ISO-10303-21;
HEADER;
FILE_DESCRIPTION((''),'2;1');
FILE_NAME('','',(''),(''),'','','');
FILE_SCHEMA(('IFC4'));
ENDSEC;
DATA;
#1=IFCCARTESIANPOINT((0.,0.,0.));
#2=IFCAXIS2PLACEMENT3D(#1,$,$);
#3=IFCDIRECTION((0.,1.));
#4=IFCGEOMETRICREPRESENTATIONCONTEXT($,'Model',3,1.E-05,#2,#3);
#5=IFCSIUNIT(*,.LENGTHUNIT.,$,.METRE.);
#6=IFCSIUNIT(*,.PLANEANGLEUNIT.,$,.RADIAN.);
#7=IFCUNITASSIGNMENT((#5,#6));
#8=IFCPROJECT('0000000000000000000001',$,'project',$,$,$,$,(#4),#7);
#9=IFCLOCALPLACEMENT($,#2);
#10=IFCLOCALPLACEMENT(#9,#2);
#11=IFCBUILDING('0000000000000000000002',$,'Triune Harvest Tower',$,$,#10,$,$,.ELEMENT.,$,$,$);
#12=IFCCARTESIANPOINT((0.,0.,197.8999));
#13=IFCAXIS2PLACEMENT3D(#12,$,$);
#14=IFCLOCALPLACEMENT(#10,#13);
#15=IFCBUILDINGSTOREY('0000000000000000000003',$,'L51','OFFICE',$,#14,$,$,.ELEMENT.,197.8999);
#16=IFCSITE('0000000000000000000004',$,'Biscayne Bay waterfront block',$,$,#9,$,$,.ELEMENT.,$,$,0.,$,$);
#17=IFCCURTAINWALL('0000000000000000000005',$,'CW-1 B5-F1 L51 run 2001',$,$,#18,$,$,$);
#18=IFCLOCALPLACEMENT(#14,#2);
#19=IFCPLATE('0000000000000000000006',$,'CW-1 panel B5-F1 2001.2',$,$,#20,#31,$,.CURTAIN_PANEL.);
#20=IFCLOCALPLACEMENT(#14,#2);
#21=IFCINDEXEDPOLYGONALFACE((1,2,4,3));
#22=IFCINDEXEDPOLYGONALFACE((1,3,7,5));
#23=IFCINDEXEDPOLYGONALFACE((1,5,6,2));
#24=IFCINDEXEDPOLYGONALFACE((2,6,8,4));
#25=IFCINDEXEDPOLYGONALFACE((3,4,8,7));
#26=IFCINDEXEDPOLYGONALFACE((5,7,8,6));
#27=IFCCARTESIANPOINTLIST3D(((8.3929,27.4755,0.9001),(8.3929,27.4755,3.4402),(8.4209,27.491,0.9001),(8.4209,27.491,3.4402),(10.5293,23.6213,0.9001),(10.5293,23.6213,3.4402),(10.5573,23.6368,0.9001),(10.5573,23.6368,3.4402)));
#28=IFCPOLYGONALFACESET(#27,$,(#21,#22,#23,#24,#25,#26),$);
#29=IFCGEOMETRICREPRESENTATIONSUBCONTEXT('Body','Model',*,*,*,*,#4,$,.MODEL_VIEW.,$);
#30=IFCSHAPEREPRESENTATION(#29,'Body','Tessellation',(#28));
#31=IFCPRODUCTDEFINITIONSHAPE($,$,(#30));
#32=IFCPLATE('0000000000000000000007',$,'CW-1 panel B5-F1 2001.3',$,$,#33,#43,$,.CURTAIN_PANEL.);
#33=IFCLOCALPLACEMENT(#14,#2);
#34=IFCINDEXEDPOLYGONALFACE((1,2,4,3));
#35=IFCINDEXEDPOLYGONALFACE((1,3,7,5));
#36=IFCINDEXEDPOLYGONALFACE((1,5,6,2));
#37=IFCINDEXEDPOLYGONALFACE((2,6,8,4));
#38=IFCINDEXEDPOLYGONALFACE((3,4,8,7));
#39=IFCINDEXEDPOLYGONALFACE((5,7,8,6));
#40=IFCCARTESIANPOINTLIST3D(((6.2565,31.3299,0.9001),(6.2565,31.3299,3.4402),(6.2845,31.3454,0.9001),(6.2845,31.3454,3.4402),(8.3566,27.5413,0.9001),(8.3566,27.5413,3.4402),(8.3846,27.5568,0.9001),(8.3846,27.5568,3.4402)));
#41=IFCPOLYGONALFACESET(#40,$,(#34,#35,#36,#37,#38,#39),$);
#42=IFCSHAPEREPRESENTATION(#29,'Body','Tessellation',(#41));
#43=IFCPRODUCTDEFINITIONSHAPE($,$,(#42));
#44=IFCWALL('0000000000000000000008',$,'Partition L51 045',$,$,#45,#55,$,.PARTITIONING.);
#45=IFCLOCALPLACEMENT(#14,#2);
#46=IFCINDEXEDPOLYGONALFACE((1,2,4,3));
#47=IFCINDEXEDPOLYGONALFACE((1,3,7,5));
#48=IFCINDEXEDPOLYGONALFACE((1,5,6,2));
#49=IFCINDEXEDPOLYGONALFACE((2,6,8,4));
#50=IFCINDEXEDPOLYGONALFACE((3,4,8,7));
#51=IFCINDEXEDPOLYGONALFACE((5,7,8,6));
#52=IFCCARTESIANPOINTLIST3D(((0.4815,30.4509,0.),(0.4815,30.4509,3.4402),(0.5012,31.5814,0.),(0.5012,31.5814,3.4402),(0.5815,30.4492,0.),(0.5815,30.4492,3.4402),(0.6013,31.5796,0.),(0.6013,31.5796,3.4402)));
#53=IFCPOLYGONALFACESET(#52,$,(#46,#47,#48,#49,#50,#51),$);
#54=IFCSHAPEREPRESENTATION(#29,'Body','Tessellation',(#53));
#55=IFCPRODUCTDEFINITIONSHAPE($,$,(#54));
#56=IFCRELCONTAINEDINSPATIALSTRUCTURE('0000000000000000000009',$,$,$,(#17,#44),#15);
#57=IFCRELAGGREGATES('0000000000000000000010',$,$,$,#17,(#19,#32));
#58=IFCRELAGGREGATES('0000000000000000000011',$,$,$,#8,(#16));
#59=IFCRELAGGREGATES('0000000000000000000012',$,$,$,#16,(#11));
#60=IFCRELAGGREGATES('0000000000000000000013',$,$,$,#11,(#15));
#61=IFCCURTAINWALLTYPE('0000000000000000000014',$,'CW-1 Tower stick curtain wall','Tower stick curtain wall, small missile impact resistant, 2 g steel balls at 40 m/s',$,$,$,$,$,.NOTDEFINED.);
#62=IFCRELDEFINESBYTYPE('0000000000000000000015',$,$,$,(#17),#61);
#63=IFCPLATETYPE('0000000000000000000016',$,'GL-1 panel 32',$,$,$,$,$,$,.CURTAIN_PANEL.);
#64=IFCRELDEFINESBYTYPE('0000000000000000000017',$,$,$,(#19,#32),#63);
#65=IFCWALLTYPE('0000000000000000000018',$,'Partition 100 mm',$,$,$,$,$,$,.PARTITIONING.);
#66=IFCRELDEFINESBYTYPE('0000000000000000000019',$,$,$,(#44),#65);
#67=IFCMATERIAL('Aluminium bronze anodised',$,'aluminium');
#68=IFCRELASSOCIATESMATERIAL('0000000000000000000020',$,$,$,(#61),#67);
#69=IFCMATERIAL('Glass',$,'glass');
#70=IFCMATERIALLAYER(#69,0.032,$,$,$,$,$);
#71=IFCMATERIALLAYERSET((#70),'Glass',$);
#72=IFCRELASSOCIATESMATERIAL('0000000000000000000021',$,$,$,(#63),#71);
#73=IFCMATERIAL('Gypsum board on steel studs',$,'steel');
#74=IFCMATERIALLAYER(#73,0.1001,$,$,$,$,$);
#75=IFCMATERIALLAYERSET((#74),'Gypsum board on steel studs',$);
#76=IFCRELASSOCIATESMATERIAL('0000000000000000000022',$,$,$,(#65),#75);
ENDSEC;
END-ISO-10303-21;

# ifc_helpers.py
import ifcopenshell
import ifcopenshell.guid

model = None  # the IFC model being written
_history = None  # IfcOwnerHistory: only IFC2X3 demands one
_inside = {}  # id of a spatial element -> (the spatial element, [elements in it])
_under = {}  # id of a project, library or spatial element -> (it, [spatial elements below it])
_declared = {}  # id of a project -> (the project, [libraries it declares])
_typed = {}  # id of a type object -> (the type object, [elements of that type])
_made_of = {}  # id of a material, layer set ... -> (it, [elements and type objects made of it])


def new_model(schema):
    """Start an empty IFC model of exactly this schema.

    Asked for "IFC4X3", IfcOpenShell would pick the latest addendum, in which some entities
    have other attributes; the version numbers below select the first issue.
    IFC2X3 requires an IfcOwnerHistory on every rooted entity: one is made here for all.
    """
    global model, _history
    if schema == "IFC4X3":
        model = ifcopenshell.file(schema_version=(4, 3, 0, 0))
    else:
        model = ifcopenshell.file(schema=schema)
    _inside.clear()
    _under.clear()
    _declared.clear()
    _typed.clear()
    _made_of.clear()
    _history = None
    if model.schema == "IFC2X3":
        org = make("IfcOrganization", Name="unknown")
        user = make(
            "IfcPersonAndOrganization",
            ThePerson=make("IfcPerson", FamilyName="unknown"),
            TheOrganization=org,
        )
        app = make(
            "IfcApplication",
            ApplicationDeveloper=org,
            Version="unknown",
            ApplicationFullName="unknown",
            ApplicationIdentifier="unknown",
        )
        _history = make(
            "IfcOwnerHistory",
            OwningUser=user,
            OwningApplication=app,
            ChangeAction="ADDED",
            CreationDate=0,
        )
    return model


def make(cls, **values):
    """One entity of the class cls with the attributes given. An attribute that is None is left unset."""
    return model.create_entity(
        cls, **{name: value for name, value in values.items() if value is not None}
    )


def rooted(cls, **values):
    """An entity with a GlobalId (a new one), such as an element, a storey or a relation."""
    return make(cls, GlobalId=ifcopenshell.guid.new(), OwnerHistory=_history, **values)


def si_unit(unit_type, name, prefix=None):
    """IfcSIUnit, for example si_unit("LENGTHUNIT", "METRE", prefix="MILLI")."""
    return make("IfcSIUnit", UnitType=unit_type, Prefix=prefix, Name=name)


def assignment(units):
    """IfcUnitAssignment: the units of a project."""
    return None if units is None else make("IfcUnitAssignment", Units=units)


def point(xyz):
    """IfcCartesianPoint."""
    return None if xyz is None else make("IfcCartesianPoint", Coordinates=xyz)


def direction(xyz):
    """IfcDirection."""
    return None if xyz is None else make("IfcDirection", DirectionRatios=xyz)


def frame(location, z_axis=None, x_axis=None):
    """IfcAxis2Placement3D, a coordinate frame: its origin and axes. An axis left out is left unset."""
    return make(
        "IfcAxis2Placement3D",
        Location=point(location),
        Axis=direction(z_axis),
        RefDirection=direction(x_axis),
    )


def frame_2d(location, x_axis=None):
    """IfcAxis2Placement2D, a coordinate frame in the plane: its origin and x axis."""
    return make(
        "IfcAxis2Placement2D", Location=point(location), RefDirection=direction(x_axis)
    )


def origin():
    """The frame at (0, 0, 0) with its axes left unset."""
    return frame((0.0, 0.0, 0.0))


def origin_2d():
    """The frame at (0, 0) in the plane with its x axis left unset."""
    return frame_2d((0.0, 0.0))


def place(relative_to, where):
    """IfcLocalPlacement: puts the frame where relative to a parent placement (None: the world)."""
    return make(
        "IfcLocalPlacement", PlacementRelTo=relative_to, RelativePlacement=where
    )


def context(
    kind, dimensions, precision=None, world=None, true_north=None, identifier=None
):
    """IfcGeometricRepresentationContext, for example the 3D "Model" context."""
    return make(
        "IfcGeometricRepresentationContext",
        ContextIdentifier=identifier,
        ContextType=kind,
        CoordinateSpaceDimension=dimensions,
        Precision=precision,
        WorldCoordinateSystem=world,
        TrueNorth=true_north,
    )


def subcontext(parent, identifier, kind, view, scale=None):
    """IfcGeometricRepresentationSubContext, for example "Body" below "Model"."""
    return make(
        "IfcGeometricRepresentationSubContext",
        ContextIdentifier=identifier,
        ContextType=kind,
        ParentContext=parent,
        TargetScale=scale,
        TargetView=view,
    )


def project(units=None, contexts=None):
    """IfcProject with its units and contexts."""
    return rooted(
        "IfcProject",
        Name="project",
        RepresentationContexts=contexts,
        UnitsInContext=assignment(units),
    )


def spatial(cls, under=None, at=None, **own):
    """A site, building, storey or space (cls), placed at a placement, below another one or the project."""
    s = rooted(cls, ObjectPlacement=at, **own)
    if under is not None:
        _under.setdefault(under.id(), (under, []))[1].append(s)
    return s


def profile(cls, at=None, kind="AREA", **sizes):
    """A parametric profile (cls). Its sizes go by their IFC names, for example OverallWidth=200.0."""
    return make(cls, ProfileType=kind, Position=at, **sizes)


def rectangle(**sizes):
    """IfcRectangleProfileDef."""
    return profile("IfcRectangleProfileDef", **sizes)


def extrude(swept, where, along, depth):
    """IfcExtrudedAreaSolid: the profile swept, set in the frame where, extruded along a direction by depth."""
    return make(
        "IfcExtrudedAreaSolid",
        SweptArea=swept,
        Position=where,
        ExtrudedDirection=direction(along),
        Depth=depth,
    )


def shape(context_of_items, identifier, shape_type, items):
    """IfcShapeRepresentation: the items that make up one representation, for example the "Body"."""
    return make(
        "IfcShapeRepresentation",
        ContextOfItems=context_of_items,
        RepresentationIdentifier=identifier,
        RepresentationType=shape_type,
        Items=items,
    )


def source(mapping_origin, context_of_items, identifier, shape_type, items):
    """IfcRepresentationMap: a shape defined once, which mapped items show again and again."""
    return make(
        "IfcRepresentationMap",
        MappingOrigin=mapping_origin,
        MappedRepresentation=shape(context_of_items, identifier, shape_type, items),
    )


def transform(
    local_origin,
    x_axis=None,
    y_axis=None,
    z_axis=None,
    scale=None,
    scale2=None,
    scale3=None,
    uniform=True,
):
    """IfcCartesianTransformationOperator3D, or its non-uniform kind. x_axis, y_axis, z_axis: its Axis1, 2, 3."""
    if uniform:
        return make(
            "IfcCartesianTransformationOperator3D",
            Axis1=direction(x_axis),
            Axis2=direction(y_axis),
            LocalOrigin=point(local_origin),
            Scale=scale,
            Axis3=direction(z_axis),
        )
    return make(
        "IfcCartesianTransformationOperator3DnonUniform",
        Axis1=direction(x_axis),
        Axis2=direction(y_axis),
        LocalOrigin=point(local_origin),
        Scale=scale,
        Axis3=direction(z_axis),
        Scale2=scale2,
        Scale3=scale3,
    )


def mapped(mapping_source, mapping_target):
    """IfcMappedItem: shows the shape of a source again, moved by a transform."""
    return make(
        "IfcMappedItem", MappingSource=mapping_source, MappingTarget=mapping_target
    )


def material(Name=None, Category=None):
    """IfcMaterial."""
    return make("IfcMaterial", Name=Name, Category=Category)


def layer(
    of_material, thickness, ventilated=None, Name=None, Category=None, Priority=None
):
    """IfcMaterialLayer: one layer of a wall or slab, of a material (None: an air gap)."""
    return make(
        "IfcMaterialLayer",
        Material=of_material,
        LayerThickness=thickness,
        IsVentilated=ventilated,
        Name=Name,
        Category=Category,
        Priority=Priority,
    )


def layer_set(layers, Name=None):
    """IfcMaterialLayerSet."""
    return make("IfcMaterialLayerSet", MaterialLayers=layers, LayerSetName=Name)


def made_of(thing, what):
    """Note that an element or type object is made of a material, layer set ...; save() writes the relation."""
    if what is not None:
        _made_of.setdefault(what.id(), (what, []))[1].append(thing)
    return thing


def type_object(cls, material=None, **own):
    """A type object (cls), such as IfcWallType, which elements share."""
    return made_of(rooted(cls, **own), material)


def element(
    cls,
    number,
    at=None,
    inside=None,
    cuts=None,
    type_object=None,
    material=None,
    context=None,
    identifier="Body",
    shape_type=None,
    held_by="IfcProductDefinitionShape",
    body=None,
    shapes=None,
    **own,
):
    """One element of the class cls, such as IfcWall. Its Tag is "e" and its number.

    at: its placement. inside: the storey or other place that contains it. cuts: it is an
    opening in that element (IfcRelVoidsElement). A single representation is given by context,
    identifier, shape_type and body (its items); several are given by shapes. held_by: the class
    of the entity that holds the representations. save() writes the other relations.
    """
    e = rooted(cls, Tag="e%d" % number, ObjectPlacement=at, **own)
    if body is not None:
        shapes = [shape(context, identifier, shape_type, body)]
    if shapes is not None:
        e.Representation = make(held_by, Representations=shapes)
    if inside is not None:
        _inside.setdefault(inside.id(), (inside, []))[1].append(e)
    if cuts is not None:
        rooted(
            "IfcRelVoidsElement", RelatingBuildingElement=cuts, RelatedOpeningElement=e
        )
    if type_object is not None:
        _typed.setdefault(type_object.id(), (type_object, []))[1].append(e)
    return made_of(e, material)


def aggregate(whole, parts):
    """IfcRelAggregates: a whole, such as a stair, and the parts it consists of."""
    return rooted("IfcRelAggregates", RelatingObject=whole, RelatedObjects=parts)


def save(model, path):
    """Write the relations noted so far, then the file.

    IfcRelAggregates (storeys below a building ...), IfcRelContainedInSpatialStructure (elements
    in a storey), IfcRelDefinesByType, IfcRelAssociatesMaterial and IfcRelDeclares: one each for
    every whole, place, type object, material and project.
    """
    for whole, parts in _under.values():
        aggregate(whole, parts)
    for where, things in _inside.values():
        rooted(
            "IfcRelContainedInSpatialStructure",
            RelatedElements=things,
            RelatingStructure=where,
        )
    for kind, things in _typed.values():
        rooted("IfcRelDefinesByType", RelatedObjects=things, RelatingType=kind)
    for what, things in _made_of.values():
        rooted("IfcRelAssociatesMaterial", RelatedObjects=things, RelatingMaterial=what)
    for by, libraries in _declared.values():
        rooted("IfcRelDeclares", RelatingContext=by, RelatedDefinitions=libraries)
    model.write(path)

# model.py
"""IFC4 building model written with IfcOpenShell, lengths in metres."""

from ifc_helpers import new_model, si_unit, direction, frame, frame_2d, origin, origin_2d, place, context, subcontext, project, spatial, rectangle, extrude, source, transform, mapped, material, layer, layer_set, type_object, element, aggregate, save


model = new_model("IFC4")

# Units and contexts
model_context = context("Model", 3, precision=1e-05, world=origin(), true_north=direction((0.0, 1.0)))
body_context = subcontext(model_context, "Body", "Model", "MODEL_VIEW")
ifc_project = project(units=[si_unit("LENGTHUNIT", "METRE"), si_unit("PLANEANGLEUNIT", "RADIAN")], contexts=[model_context])

# Site, building, storey
site_placement = place(None, origin())
site = spatial("IfcSite", under=ifc_project, at=site_placement, Name="Biscayne Bay waterfront block", CompositionType="ELEMENT", RefElevation=0.0)
building_placement = place(site_placement, origin())
building = spatial("IfcBuilding", under=site, at=building_placement, Name="Triune Harvest Tower", CompositionType="ELEMENT")
storey_placement = place(building_placement, frame((0.0, 0.0, 197.8999)))
storey = spatial("IfcBuildingStorey", under=building, at=storey_placement, Name="L51", Description="OFFICE", CompositionType="ELEMENT", Elevation=197.8999)

# Curtain wall
ifc_material_1 = material(Name="Aluminium bronze anodised", Category="aluminium")
curtain_wall_type = type_object("IfcCurtainWallType", Name="CW-1 Tower stick curtain wall", Description="Tower stick curtain wall, small missile impact resistant, 2 g steel balls at 40 m/s", PredefinedType="NOTDEFINED", material=ifc_material_1)
curtain_wall_1_placement = place(storey_placement, origin())
curtain_wall_1 = element("IfcCurtainWall", 1, at=curtain_wall_1_placement, inside=storey, type_object=curtain_wall_type, Name="CW-1 B5-F1 L51 run 2001")

# Plates
ifc_material_2 = material(Name="Glass", Category="glass")
ifc_layer_1 = layer(ifc_material_2, 0.032)
ifc_layer_set_1 = layer_set([ifc_layer_1], Name="Glass")
plate_type = type_object("IfcPlateType", Name="GL-1 panel 32", PredefinedType="CURTAIN_PANEL", material=ifc_layer_set_1)
shared_shape_1 = source(origin(), body_context, "Body", "SweptSolid", [
    extrude(rectangle(XDim=4.4067, YDim=0.032, at=origin_2d()), origin(), (0.0, 0.0, 1.0), 2.54),
])
plate_1_placement = place(storey_placement, frame((9.4751, 25.5562, 0.9001), z_axis=(0.0, 0.0, 1.0), x_axis=(-0.484808, 0.874621, 0.0)))
plate_1 = element("IfcPlate", 2, at=plate_1_placement, type_object=plate_type, Name="CW-1 panel B5-F1 2001.2", PredefinedType="CURTAIN_PANEL", context=body_context, shape_type="MappedRepresentation", body=[
    mapped(shared_shape_1, transform((0.0, 0.0, 0.0), scale=1.0)),
])
shared_shape_2 = source(origin(), body_context, "Body", "SweptSolid", [
    extrude(rectangle(XDim=4.3318, YDim=0.032, at=origin_2d()), origin(), (0.0, 0.0, 1.0), 2.54),
])
plate_2_placement = place(storey_placement, frame((7.3206, 29.4434, 0.9001), z_axis=(0.0, 0.0, 1.0), x_axis=(-0.484808, 0.874621, 0.0)))
plate_2 = element("IfcPlate", 3, at=plate_2_placement, type_object=plate_type, Name="CW-1 panel B5-F1 2001.3", PredefinedType="CURTAIN_PANEL", context=body_context, shape_type="MappedRepresentation", body=[
    mapped(shared_shape_2, transform((0.0, 0.0, 0.0), scale=1.0)),
])
aggregate(curtain_wall_1, [plate_1, plate_2])

# Wall
ifc_material_3 = material(Name="Gypsum board on steel studs", Category="steel")
ifc_layer_2 = layer(ifc_material_3, 0.1001)
ifc_layer_set_2 = layer_set([ifc_layer_2], Name="Gypsum board on steel studs")
wall_type = type_object("IfcWallType", Name="Partition 100 mm", PredefinedType="PARTITIONING", material=ifc_layer_set_2)
shared_shape_3 = source(origin(), body_context, "Body", "SweptSolid", [
    extrude(rectangle(XDim=1.1306, YDim=0.1001, at=frame_2d((0.5654, 0.0))), origin(), (0.0, 0.0, 1.0), 3.4402),
])
wall_placement = place(storey_placement, frame((0.5315, 30.45, 0.0), z_axis=(0.0, 0.0, 1.0), x_axis=(0.017492, 0.999847, 0.0)))
element("IfcWall", 4, at=wall_placement, inside=storey, type_object=wall_type, Name="Partition L51 045", PredefinedType="PARTITIONING", context=body_context, shape_type="MappedRepresentation", body=[
    mapped(shared_shape_3, transform((0.0, 0.0, 0.0), scale=1.0)),
])

save(model, "model.ifc")
